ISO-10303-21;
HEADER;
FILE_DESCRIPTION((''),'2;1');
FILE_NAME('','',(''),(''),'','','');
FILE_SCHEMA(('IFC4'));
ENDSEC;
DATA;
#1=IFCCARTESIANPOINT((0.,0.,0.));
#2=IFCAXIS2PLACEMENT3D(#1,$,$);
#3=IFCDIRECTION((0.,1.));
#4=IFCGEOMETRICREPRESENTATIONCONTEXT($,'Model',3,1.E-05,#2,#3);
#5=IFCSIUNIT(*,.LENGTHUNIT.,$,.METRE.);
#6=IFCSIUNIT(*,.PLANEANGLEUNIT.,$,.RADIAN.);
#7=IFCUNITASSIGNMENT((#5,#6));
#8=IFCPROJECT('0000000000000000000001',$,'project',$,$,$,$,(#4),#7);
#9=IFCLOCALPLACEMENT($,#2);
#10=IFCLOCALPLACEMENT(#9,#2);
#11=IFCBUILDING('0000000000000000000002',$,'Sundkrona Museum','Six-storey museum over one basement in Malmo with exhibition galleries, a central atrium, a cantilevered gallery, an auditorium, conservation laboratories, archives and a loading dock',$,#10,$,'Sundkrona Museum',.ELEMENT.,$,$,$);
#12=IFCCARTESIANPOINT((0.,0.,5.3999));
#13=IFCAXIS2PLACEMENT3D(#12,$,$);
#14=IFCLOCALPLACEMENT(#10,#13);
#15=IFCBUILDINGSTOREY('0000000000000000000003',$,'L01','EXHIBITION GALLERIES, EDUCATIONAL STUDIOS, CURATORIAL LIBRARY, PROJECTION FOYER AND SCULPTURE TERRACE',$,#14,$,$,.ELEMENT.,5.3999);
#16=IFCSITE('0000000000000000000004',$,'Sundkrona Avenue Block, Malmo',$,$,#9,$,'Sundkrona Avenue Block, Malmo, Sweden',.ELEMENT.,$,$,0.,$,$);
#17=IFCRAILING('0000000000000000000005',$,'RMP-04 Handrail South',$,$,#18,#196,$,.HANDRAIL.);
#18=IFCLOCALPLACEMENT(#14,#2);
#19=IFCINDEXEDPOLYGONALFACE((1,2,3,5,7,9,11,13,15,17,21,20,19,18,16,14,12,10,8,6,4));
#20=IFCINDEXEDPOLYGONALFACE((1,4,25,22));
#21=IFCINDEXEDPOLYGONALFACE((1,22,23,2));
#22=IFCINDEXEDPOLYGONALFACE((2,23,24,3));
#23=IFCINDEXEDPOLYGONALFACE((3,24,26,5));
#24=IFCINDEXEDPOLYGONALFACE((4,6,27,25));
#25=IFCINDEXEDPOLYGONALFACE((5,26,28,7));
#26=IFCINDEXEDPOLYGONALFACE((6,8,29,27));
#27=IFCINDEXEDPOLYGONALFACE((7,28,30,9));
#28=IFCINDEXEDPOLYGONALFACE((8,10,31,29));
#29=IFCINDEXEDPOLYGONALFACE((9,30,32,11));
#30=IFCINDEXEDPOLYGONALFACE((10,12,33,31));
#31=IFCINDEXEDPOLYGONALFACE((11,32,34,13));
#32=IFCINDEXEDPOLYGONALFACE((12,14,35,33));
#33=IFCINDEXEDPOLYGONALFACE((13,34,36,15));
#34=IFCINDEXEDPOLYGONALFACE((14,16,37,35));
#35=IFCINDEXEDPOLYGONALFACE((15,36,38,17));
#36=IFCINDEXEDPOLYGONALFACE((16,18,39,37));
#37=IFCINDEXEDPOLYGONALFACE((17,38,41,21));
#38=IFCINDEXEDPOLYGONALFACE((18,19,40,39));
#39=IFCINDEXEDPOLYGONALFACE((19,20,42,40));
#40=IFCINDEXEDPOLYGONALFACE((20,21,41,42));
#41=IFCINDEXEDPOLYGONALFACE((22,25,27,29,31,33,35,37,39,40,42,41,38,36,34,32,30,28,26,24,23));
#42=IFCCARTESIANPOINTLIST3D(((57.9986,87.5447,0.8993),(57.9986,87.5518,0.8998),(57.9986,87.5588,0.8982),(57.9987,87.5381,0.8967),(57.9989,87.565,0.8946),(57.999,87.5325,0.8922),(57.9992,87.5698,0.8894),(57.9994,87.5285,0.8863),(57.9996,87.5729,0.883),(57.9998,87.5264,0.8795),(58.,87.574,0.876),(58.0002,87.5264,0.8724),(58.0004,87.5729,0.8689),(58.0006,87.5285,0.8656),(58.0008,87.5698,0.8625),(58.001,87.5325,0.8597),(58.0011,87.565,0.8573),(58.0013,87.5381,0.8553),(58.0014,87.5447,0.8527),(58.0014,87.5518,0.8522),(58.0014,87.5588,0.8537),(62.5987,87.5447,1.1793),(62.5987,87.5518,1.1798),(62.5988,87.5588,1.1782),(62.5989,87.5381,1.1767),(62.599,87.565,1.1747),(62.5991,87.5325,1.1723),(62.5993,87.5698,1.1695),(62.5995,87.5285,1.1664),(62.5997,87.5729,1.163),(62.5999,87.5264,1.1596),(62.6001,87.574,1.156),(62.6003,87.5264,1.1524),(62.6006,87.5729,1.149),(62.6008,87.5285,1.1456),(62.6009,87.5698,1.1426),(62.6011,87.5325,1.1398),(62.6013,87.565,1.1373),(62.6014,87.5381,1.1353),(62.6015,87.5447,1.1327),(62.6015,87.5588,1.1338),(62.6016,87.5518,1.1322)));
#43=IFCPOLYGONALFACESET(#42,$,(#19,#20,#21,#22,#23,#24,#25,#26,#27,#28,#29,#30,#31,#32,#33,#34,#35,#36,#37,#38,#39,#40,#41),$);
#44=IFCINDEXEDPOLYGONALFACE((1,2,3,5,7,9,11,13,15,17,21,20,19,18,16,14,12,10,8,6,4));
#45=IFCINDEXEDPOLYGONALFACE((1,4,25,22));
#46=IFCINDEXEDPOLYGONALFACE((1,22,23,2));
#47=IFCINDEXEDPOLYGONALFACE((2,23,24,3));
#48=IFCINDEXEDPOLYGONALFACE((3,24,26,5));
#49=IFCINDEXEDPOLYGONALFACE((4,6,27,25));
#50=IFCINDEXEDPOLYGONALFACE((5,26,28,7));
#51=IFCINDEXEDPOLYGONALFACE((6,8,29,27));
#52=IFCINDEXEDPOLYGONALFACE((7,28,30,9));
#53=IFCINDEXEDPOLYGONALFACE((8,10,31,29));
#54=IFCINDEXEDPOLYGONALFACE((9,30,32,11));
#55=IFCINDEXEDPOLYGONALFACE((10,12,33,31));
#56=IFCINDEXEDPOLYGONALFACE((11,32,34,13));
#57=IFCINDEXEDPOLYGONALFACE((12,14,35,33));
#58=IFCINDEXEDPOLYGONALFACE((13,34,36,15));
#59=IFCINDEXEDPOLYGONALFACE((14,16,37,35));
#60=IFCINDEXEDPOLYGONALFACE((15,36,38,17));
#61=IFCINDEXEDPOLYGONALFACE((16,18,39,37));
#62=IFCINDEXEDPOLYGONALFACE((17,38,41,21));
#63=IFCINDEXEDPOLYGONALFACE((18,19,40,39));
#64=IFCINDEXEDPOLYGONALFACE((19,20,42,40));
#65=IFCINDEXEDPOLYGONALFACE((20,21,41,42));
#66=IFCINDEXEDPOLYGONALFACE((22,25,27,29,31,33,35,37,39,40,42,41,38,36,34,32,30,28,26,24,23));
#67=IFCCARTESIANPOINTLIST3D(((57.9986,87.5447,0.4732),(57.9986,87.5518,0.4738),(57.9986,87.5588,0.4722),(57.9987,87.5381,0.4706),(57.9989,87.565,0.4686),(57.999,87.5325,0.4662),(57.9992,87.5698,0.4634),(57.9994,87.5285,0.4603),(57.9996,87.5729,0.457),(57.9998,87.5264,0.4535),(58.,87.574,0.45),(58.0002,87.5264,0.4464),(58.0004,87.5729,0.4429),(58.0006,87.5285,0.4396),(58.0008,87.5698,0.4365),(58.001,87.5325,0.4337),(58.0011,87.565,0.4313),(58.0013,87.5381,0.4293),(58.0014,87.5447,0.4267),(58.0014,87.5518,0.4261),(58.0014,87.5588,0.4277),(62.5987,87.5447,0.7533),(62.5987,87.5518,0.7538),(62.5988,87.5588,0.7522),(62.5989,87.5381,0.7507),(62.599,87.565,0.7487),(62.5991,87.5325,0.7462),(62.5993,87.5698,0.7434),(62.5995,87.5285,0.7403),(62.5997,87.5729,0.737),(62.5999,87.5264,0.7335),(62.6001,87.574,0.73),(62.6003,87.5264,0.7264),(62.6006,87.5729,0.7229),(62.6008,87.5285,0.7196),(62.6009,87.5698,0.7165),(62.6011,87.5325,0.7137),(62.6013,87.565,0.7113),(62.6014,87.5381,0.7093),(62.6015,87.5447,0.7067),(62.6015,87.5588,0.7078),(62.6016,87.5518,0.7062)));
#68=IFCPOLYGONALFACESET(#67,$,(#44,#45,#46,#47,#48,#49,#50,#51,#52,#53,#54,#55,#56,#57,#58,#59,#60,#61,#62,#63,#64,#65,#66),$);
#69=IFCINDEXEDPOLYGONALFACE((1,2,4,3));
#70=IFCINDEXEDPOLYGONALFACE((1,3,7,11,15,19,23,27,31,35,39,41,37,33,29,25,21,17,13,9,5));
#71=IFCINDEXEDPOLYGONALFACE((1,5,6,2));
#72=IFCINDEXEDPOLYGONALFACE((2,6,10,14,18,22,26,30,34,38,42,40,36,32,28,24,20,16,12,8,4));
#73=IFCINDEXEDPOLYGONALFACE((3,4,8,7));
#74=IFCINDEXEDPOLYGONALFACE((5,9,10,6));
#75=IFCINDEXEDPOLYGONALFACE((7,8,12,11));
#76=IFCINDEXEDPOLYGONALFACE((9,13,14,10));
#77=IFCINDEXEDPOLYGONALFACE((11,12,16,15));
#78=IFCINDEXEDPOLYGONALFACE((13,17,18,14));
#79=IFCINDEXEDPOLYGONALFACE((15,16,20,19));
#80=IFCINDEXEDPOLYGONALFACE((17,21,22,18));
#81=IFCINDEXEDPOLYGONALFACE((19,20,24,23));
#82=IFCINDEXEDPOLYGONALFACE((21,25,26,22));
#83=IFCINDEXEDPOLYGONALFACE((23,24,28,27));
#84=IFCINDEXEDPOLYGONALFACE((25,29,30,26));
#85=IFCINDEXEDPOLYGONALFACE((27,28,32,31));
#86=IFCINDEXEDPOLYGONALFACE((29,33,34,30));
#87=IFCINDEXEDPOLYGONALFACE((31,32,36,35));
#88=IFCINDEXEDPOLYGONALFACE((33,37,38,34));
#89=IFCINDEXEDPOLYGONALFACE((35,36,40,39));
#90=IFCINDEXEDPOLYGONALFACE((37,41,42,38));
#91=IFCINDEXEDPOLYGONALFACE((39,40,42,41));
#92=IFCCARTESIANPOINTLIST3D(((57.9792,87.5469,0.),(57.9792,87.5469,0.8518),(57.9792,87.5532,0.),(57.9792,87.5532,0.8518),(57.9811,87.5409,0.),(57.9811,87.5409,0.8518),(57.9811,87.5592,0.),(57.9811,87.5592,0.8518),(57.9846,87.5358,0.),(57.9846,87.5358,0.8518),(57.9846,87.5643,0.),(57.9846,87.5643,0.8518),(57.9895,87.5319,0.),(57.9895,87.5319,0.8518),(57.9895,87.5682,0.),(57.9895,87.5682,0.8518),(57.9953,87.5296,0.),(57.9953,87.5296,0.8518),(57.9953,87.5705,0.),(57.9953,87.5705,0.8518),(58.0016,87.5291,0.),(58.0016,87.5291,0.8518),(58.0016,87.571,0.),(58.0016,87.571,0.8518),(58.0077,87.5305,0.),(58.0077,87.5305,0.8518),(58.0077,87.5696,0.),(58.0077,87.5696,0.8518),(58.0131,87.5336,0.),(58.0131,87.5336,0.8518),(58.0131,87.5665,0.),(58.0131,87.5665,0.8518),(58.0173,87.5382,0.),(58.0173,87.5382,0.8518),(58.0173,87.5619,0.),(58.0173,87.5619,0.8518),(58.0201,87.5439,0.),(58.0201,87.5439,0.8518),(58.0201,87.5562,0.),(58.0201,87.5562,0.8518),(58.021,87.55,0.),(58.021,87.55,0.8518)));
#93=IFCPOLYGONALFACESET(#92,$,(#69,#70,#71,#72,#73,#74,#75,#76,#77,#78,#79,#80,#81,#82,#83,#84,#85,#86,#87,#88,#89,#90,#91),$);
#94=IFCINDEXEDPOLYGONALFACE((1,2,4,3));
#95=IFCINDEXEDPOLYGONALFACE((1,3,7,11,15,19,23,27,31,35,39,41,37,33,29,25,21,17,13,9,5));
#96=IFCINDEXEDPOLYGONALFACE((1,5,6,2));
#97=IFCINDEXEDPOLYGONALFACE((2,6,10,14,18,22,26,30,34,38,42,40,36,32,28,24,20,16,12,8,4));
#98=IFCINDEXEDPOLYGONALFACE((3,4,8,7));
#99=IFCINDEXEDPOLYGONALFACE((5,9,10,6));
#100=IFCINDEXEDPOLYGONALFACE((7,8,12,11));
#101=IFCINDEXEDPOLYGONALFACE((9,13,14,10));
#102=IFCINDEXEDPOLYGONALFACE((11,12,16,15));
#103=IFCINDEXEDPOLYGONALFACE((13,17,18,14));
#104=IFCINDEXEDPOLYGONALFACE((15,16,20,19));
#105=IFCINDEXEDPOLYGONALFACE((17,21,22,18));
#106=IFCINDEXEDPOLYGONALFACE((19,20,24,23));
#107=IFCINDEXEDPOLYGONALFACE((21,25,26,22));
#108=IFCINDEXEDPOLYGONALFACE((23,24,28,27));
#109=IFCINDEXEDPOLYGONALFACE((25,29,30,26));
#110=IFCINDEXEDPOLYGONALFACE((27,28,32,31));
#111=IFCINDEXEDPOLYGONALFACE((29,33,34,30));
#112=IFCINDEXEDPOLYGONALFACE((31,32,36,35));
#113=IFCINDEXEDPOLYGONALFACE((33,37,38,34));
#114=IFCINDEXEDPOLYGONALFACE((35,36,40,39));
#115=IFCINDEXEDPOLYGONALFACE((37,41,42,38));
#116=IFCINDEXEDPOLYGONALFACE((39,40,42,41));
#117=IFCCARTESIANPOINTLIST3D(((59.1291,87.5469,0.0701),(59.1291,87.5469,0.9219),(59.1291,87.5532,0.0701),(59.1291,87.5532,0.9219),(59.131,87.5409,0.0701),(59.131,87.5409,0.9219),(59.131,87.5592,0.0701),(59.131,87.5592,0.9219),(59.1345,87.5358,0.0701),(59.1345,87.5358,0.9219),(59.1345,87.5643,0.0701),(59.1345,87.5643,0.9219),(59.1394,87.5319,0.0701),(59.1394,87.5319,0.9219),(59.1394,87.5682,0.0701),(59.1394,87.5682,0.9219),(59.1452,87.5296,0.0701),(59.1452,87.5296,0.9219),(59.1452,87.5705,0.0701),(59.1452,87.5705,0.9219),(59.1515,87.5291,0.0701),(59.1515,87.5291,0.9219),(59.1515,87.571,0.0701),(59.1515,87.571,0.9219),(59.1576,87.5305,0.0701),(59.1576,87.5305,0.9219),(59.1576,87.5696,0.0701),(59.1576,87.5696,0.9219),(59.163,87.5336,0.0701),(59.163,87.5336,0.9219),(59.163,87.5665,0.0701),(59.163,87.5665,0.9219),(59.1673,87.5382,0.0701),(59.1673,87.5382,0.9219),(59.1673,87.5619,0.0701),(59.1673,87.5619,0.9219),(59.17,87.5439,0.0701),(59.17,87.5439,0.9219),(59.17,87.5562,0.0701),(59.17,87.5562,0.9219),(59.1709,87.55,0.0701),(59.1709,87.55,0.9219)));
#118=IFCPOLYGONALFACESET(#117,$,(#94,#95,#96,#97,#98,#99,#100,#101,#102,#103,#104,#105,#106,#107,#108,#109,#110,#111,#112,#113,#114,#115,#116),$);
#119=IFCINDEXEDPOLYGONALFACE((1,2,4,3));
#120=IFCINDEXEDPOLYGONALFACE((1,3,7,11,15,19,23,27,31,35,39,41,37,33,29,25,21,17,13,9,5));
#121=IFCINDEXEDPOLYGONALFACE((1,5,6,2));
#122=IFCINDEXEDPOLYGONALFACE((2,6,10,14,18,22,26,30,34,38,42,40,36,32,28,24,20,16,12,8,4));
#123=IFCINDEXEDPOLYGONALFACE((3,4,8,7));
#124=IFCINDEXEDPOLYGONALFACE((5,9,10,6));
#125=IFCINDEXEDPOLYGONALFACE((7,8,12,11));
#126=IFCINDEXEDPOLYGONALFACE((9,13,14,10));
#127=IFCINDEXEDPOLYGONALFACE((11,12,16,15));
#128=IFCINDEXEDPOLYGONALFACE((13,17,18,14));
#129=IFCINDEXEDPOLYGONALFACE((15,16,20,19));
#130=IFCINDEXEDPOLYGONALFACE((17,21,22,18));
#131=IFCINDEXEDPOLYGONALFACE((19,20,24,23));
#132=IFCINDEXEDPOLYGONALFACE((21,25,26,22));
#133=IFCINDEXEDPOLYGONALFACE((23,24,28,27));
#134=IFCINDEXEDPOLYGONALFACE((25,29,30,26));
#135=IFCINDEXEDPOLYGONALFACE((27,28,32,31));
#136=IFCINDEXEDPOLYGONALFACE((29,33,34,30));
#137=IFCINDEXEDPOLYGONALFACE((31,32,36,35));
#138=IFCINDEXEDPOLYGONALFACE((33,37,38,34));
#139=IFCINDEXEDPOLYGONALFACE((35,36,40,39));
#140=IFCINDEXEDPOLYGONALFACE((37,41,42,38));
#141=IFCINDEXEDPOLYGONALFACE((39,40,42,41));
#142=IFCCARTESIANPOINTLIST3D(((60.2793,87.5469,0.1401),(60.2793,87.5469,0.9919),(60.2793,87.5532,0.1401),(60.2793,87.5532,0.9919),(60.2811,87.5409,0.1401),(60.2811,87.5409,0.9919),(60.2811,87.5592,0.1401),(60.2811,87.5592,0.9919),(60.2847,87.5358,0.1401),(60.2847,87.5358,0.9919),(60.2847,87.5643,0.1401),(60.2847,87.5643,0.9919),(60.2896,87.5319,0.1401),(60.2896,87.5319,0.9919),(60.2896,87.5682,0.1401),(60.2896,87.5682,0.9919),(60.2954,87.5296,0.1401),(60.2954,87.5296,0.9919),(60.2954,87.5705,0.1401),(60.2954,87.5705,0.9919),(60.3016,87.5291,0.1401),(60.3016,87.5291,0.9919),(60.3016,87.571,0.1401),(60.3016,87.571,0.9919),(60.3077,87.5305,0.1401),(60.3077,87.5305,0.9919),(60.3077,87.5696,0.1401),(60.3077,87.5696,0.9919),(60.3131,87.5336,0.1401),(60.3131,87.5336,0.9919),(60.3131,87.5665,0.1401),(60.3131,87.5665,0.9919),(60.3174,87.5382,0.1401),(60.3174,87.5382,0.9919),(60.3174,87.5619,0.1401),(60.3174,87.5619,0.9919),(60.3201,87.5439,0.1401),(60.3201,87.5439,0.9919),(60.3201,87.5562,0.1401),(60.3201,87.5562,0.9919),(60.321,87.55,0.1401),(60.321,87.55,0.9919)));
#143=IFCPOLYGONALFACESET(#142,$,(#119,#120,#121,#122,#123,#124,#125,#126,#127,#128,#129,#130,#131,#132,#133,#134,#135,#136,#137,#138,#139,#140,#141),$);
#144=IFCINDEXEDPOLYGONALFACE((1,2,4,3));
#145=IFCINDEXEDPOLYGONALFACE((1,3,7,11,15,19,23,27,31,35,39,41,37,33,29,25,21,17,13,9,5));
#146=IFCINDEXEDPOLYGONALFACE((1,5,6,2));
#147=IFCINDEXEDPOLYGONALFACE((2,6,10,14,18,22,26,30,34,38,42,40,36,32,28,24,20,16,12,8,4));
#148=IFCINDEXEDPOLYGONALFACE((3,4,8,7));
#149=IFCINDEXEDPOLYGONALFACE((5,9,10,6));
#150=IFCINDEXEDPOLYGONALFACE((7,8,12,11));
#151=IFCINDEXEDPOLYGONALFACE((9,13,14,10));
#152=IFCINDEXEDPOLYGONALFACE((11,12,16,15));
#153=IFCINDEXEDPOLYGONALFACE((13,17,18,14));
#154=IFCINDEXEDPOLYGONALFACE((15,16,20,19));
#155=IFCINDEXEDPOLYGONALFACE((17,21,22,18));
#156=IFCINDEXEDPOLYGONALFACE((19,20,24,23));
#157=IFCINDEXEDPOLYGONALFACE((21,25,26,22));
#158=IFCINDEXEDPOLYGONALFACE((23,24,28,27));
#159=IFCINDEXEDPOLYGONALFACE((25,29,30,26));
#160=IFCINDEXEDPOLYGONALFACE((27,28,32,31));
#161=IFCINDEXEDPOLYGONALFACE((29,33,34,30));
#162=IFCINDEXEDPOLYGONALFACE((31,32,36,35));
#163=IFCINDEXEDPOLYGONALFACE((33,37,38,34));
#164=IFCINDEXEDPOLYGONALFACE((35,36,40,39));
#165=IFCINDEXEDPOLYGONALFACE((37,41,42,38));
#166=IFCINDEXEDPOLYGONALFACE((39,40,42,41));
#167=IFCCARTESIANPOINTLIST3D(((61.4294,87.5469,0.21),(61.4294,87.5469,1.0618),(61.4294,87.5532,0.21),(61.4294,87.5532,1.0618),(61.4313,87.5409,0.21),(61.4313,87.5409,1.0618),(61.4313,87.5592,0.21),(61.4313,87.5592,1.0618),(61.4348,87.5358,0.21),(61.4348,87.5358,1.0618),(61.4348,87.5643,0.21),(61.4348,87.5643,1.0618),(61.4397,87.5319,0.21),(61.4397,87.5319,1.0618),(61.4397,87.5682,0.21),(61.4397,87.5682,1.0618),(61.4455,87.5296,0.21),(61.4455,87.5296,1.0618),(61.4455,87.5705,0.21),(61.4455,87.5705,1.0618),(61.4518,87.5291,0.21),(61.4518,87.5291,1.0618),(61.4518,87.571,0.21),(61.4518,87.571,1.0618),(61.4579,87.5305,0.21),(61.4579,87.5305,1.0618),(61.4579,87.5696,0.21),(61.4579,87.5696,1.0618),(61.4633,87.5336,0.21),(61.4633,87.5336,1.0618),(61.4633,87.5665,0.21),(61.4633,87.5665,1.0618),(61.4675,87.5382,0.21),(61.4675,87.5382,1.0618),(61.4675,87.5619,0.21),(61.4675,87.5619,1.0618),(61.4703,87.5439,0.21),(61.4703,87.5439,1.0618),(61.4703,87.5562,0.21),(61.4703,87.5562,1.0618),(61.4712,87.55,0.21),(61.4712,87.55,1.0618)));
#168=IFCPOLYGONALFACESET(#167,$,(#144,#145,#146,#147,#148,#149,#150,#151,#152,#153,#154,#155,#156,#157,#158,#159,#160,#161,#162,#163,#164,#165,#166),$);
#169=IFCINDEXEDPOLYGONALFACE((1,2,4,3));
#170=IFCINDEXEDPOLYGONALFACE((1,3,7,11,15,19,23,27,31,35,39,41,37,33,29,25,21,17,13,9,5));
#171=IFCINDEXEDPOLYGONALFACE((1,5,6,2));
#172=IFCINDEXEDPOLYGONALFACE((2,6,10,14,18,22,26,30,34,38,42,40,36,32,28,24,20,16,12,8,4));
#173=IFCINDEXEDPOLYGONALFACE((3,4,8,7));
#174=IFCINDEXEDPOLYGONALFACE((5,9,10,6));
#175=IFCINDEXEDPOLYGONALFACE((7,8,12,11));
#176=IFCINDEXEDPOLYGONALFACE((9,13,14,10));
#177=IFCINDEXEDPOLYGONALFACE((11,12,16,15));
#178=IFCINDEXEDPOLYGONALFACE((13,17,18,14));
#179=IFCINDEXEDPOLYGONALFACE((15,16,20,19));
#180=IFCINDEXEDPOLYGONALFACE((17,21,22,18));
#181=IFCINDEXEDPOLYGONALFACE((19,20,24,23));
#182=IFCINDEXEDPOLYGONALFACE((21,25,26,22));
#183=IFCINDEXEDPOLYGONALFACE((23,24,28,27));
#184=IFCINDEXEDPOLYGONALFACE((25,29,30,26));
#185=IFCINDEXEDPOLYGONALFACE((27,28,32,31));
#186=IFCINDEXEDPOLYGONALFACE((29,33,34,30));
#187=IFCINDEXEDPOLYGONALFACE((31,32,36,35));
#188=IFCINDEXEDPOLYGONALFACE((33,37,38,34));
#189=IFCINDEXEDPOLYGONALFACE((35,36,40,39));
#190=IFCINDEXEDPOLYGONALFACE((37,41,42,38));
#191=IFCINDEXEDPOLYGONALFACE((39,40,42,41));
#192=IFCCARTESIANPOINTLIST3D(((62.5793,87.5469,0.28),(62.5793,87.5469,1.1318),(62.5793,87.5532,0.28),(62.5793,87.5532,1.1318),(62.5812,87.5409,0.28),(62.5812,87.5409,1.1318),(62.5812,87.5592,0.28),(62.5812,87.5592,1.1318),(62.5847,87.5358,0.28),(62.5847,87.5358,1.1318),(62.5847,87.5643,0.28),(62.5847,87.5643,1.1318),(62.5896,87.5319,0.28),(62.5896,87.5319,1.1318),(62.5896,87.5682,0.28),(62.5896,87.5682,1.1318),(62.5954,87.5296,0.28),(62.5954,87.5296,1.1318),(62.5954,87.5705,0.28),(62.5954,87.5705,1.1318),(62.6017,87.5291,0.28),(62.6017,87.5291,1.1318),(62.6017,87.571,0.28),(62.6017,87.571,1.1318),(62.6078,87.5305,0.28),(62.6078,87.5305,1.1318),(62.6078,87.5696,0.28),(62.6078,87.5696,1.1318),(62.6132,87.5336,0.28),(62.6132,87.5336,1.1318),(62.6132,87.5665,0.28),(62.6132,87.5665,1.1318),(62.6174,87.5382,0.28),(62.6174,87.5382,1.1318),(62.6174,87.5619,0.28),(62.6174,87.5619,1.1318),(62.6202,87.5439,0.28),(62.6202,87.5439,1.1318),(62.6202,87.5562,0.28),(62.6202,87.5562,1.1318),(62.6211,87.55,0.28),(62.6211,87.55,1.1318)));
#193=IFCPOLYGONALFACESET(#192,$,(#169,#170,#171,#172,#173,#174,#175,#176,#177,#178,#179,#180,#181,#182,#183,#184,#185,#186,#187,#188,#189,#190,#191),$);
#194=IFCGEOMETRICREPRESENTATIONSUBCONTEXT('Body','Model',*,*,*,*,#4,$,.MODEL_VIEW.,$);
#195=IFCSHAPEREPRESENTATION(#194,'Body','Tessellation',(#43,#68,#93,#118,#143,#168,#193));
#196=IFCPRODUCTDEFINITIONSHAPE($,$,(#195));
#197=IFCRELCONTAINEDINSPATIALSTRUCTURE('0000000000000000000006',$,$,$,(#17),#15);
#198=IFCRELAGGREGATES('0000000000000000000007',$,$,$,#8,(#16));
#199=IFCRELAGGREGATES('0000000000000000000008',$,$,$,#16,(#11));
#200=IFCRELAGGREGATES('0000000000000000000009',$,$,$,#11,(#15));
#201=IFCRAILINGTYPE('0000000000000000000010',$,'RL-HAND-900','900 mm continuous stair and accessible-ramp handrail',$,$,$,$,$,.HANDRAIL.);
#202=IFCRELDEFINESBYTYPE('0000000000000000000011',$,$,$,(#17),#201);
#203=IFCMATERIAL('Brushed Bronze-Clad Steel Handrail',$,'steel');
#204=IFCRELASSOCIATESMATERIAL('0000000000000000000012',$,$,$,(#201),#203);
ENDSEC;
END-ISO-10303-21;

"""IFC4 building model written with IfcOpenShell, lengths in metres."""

from ifc_helpers import new_model, si_unit, direction, frame, origin, origin_2d, place, context, subcontext, project, spatial, circle, extrude, material, type_object, element, save


model = new_model("IFC4")

# Units and contexts
model_context = context("Model", 3, precision=1e-05, world=origin(), true_north=direction((0.0, 1.0)))
body_context = subcontext(model_context, "Body", "Model", "MODEL_VIEW")
ifc_project = project(units=[si_unit("LENGTHUNIT", "METRE"), si_unit("PLANEANGLEUNIT", "RADIAN")], contexts=[model_context])

# Site, building, storey
site_placement = place(None, origin())
site = spatial("IfcSite", under=ifc_project, at=site_placement, Name="Sundkrona Avenue Block, Malmo", LongName="Sundkrona Avenue Block, Malmo, Sweden", CompositionType="ELEMENT", RefElevation=0.0)
building_placement = place(site_placement, origin())
building = spatial("IfcBuilding", under=site, at=building_placement, Name="Sundkrona Museum", Description="Six-storey museum over one basement in Malmo with exhibition galleries, a central atrium, a cantilevered gallery, an auditorium, conservation laboratories, archives and a loading dock", LongName="Sundkrona Museum", CompositionType="ELEMENT")
storey_placement = place(building_placement, frame((0.0, 0.0, 5.3999)))
storey = spatial("IfcBuildingStorey", under=building, at=storey_placement, Name="L01", Description="EXHIBITION GALLERIES, EDUCATIONAL STUDIOS, CURATORIAL LIBRARY, PROJECTION FOYER AND SCULPTURE TERRACE", CompositionType="ELEMENT", Elevation=5.3999)

# Railing
ifc_material_1 = material(Name="Brushed Bronze-Clad Steel Handrail", Category="steel")
railing_type_1 = type_object("IfcRailingType", Name="RL-HAND-900", Description="900 mm continuous stair and accessible-ramp handrail", PredefinedType="HANDRAIL", material=ifc_material_1)
railing_1_placement = place(storey_placement, frame((58.0, 87.55, 0.0)))
element("IfcRailing", 1, at=railing_1_placement, inside=storey, type_object=railing_type_1, Name="RMP-04 Handrail South", PredefinedType="HANDRAIL", context=body_context, shape_type="SweptSolid", body=[
    extrude(circle(Radius=0.0239, at=origin_2d()), frame((0.0, 0.0, 0.876), z_axis=(0.998152, 0.0, 0.060762), x_axis=(0.0, 1.0, 0.0)), (0.0, 0.0, 1.0), 4.6086),
    extrude(circle(Radius=0.0239, at=origin_2d()), frame((0.0, 0.0, 0.45), z_axis=(0.998152, 0.0, 0.060762), x_axis=(0.0, 1.0, 0.0)), (0.0, 0.0, 1.0), 4.6086),
    extrude(circle(Radius=0.021, at=origin_2d()), origin(), (0.0, 0.0, 1.0), 0.8518),
    extrude(circle(Radius=0.021, at=origin_2d()), frame((1.1499, 0.0, 0.0701)), (0.0, 0.0, 1.0), 0.8518),
    extrude(circle(Radius=0.021, at=origin_2d()), frame((2.3, 0.0, 0.1401)), (0.0, 0.0, 1.0), 0.8518),
    extrude(circle(Radius=0.021, at=origin_2d()), frame((3.4502, 0.0, 0.21)), (0.0, 0.0, 1.0), 0.8518),
    extrude(circle(Radius=0.021, at=origin_2d()), frame((4.6001, 0.0, 0.28)), (0.0, 0.0, 1.0), 0.8518),
])

save(model, "model.ifc")
